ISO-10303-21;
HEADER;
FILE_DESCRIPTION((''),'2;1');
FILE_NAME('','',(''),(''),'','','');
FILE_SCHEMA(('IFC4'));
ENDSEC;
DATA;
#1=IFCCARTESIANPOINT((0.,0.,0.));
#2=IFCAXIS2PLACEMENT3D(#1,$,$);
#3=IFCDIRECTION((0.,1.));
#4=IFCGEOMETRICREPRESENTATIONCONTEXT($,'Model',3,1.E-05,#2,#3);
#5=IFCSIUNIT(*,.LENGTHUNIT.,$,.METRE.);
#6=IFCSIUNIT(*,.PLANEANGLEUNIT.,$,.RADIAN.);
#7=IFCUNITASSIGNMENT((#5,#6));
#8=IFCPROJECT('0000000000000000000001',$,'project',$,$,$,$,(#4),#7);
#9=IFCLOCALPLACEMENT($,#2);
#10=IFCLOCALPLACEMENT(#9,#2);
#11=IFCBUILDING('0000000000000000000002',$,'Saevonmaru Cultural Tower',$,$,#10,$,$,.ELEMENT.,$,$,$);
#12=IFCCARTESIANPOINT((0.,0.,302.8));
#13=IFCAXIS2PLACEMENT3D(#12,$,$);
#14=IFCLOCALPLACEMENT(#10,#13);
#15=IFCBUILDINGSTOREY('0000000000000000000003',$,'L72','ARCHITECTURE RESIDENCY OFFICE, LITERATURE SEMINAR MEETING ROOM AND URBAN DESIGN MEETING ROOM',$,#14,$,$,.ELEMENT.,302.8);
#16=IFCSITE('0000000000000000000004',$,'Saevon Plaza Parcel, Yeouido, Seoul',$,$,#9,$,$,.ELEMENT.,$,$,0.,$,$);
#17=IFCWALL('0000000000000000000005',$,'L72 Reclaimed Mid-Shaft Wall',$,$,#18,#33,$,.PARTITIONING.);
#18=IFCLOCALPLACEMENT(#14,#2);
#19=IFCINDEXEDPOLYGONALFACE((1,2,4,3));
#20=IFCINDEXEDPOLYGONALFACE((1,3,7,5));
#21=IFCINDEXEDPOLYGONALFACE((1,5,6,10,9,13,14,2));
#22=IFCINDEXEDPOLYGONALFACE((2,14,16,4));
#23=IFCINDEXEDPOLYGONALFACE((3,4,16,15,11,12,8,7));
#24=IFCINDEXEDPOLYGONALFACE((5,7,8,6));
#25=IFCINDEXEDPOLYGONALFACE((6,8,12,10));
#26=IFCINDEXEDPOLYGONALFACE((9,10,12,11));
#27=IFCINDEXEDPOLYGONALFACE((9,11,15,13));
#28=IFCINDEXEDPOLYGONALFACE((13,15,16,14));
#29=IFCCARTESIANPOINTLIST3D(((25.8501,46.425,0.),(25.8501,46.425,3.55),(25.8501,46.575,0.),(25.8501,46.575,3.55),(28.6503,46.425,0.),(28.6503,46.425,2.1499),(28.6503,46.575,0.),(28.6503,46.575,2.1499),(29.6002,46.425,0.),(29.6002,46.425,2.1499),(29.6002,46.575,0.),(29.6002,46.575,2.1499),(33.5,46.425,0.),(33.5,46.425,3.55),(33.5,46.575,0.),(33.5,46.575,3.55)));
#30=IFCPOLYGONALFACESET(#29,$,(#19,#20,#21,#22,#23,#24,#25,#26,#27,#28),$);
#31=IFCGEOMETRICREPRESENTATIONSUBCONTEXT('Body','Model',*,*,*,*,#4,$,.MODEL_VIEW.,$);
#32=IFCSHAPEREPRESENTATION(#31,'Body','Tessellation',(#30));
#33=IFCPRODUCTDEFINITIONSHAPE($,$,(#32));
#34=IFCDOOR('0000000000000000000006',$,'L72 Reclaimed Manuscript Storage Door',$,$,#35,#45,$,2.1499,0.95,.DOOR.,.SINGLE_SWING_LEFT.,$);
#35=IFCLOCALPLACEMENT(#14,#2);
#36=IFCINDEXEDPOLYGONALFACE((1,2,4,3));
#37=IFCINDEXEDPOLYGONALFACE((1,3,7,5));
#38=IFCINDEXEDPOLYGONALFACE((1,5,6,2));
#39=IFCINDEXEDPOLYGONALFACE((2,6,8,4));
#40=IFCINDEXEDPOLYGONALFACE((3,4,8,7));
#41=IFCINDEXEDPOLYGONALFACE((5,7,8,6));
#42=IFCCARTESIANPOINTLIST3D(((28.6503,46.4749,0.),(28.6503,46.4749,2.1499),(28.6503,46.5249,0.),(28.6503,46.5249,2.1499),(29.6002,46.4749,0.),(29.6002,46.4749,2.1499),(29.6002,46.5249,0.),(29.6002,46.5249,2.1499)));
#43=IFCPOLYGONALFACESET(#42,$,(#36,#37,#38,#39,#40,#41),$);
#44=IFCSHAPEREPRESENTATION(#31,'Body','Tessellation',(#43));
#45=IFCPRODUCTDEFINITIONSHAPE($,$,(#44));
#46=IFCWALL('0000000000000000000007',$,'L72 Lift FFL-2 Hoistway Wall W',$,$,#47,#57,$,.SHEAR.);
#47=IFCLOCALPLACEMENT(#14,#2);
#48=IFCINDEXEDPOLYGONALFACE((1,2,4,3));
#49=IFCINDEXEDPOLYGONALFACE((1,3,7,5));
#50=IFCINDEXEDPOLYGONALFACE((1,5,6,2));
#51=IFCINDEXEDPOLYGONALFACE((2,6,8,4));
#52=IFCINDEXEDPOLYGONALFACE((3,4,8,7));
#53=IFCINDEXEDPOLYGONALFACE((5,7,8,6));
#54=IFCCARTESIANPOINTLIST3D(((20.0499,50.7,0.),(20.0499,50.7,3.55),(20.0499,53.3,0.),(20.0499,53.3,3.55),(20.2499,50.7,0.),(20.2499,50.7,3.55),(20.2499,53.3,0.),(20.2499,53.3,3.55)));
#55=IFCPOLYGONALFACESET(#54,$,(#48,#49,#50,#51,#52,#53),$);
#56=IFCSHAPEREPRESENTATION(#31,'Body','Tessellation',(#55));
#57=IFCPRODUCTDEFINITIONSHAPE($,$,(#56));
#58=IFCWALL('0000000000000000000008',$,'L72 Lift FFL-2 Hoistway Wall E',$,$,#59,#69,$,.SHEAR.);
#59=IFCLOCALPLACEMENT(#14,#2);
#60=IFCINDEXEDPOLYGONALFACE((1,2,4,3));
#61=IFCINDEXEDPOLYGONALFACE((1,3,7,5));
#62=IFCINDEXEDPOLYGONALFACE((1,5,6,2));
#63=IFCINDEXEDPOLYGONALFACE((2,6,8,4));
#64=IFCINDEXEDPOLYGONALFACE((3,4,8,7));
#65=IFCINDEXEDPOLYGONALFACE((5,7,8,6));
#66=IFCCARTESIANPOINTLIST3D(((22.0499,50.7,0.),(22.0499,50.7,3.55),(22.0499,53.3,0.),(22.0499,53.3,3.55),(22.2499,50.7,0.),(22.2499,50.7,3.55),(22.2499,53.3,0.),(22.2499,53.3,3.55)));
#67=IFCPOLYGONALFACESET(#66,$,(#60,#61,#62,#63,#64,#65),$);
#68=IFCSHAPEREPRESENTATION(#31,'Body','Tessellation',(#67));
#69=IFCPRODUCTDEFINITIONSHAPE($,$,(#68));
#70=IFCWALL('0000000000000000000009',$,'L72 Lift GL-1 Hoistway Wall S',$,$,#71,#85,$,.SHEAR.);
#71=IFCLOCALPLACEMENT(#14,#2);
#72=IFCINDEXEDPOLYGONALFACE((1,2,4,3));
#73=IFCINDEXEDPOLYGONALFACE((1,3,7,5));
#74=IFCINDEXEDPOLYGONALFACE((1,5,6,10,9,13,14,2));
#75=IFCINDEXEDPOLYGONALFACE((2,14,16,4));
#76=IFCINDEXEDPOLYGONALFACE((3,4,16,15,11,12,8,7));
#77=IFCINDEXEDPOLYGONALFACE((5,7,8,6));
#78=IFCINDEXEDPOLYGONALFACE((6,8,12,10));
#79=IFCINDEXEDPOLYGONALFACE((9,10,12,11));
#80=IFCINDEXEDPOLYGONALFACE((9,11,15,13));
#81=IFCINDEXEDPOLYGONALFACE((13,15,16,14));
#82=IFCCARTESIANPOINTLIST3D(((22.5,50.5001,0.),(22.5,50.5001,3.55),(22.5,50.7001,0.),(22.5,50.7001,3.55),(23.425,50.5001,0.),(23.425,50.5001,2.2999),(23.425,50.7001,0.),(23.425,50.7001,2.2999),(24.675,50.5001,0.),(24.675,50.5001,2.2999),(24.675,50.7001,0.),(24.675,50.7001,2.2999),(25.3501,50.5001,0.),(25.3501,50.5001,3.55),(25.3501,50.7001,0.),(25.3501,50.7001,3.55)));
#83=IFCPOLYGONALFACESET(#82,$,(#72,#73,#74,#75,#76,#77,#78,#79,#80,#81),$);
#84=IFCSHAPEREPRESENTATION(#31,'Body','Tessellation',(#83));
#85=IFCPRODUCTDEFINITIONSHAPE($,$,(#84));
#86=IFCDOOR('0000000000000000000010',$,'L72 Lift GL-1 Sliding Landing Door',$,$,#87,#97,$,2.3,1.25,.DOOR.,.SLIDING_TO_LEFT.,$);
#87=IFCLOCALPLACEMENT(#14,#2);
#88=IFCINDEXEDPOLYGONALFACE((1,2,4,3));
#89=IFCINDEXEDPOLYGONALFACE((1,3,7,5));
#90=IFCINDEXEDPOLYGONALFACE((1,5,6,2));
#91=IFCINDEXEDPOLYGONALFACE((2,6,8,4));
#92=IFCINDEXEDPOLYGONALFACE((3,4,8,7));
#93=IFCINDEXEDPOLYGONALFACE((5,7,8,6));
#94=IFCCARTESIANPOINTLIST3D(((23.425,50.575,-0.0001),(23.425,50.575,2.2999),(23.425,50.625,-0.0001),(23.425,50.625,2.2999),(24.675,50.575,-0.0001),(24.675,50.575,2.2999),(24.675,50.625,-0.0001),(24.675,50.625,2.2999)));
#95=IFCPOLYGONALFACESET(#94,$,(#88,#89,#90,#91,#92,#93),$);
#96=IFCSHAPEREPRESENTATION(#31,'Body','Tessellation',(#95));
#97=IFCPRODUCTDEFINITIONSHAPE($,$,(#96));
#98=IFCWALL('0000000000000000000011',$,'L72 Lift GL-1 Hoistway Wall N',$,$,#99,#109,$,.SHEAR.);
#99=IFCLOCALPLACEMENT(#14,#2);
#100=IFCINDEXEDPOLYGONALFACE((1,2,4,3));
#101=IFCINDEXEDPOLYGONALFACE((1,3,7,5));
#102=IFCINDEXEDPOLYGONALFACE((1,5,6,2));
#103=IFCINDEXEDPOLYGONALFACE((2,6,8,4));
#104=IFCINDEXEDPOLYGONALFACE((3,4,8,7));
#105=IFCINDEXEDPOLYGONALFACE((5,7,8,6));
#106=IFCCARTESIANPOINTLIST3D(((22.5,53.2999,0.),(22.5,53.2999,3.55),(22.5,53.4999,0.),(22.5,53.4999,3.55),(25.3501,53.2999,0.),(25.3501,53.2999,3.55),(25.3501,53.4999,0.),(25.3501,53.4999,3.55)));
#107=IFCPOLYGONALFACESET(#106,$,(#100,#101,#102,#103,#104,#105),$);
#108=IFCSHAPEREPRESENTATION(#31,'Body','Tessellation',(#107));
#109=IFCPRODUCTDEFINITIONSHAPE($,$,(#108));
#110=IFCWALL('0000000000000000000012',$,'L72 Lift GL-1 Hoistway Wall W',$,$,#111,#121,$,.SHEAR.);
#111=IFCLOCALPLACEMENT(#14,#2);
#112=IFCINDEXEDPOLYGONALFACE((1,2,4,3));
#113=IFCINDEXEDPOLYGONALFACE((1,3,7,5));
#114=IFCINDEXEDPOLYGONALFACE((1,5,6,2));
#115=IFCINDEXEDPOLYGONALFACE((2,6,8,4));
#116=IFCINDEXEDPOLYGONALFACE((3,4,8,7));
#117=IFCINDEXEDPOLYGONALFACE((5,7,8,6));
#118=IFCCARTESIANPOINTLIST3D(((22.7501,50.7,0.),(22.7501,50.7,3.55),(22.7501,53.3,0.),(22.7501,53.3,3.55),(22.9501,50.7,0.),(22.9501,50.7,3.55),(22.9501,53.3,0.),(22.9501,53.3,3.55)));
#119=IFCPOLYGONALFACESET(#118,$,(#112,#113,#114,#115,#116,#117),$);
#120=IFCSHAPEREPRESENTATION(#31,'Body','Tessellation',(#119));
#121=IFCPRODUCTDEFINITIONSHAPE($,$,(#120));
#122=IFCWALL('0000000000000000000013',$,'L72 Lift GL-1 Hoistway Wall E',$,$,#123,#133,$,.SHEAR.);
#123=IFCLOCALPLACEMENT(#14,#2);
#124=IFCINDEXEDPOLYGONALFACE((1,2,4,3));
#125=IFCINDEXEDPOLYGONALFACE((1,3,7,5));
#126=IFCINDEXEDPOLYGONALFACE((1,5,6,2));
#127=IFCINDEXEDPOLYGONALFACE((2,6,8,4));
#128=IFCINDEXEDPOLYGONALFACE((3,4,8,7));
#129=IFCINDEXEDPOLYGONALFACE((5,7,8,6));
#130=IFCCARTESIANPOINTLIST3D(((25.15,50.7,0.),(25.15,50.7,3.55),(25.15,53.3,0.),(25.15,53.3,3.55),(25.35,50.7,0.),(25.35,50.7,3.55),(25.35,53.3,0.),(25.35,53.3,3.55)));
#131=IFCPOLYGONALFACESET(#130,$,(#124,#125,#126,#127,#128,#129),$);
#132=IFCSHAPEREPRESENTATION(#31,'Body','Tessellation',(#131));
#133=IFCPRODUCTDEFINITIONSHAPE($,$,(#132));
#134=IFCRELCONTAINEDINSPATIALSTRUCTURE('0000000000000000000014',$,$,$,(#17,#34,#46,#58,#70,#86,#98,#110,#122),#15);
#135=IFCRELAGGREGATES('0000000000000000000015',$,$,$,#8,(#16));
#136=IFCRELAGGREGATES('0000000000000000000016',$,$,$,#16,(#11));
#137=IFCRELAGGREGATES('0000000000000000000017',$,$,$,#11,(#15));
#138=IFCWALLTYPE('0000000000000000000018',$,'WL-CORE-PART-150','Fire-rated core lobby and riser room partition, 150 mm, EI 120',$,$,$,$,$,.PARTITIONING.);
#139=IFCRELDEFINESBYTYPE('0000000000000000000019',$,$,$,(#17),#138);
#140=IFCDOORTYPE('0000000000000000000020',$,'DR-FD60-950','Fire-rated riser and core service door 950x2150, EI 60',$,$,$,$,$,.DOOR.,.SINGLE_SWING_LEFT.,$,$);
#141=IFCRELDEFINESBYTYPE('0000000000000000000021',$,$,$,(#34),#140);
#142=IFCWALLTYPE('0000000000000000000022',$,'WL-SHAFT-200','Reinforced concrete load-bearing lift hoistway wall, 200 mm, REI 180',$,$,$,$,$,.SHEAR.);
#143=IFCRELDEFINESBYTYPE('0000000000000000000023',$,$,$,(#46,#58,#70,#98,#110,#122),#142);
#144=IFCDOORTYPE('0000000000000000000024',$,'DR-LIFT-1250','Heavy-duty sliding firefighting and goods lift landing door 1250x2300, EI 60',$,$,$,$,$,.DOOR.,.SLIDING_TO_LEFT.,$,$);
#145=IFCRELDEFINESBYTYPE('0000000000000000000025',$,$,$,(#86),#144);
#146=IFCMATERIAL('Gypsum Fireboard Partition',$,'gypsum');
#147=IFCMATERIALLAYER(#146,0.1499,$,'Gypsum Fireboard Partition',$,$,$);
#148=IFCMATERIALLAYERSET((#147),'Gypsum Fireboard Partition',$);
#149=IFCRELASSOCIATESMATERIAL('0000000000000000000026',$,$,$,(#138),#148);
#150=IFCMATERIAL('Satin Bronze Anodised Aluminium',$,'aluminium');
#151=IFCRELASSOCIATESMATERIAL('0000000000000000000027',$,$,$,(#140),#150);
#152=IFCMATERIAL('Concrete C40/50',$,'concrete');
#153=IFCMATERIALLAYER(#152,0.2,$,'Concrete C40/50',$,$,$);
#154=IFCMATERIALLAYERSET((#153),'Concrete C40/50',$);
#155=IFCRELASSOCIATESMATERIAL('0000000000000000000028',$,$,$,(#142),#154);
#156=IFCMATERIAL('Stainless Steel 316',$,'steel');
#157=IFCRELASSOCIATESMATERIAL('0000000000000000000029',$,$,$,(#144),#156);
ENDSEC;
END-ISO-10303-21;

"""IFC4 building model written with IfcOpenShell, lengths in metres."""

from ifc_helpers import new_model, si_unit, direction, frame, frame_2d, origin, place, context, subcontext, project, spatial, rectangle, extrude, material, layer, layer_set, type_object, element, fill, save


model = new_model("IFC4")

# Units and contexts
model_context = context("Model", 3, precision=1e-05, world=origin(), true_north=direction((0.0, 1.0)))
body_context = subcontext(model_context, "Body", "Model", "MODEL_VIEW")
ifc_project = project(units=[si_unit("LENGTHUNIT", "METRE"), si_unit("PLANEANGLEUNIT", "RADIAN")], contexts=[model_context])

# Site, building, storey
site_placement = place(None, origin())
site = spatial("IfcSite", under=ifc_project, at=site_placement, Name="Saevon Plaza Parcel, Yeouido, Seoul", CompositionType="ELEMENT", RefElevation=0.0)
building_placement = place(site_placement, origin())
building = spatial("IfcBuilding", under=site, at=building_placement, Name="Saevonmaru Cultural Tower", CompositionType="ELEMENT")
storey_placement = place(building_placement, frame((0.0, 0.0, 302.8)))
storey = spatial("IfcBuildingStorey", under=building, at=storey_placement, Name="L72", Description="ARCHITECTURE RESIDENCY OFFICE, LITERATURE SEMINAR MEETING ROOM AND URBAN DESIGN MEETING ROOM", CompositionType="ELEMENT", Elevation=302.8)

# Shared definitions
ifc_material_1 = material(Name="Satin Bronze Anodised Aluminium", Category="aluminium")

# Shared definitions
ifc_material_2 = material(Name="Gypsum Fireboard Partition", Category="gypsum")
ifc_layer_1 = layer(ifc_material_2, 0.1499, Name="Gypsum Fireboard Partition")
ifc_layer_set_1 = layer_set([ifc_layer_1], Name="Gypsum Fireboard Partition")
wall_type_1 = type_object("IfcWallType", Name="WL-CORE-PART-150", Description="Fire-rated core lobby and riser room partition, 150 mm, EI 120", PredefinedType="PARTITIONING", material=ifc_layer_set_1)

# Shared definitions
door_type_1 = type_object("IfcDoorType", Name="DR-FD60-950", Description="Fire-rated riser and core service door 950x2150, EI 60", OperationType="SINGLE_SWING_LEFT", PredefinedType="DOOR", material=ifc_material_1)

# Wall, opening, door
wall_1_placement = place(storey_placement, frame((25.8501, 46.5, 0.0), z_axis=(0.0, 0.0, 1.0), x_axis=(1.0, 0.0, 0.0)))
wall_1 = element("IfcWall", 1, at=wall_1_placement, inside=storey, type_object=wall_type_1, Name="L72 Reclaimed Mid-Shaft Wall", PredefinedType="PARTITIONING", context=body_context, shape_type="SweptSolid", body=[
    extrude(rectangle(XDim=7.6499, YDim=0.1499, at=frame_2d((3.825, 0.0))), origin(), (0.0, 0.0, 1.0), 3.55),
])
opening_1_placement = place(wall_1_placement, frame((2.8, 0.0, 0.0)))
opening_1 = element("IfcOpeningElement", 2, at=opening_1_placement, cuts=wall_1, PredefinedType="OPENING", context=body_context, shape_type="SweptSolid", body=[
    extrude(rectangle(XDim=0.95, YDim=2.1499, at=frame_2d((0.4751, 1.075))), frame((0.0, 0.085, 0.0), z_axis=(0.0, -1.0, 0.0), x_axis=(1.0, 0.0, 0.0)), (0.0, 0.0, 1.0), 0.1699),
])
door_1_placement = place(opening_1_placement, origin())
door_1 = element("IfcDoor", 3, at=door_1_placement, inside=storey, type_object=door_type_1, Name="L72 Reclaimed Manuscript Storage Door", OperationType="SINGLE_SWING_LEFT", OverallHeight=2.1499, OverallWidth=0.95, PredefinedType="DOOR", context=body_context, shape_type="SweptSolid", body=[
    extrude(rectangle(XDim=0.95, YDim=2.1499, at=frame_2d((0.4751, 1.075))), frame((0.0, 0.0249, 0.0), z_axis=(0.0, -1.0, 0.0), x_axis=(1.0, 0.0, 0.0)), (0.0, 0.0, 1.0), 0.05),
])
fill(opening_1, door_1)

# Walls
ifc_material_3 = material(Name="Concrete C40/50", Category="concrete")
ifc_layer_2 = layer(ifc_material_3, 0.2, Name="Concrete C40/50")
ifc_layer_set_2 = layer_set([ifc_layer_2], Name="Concrete C40/50")
wall_type_2 = type_object("IfcWallType", Name="WL-SHAFT-200", Description="Reinforced concrete load-bearing lift hoistway wall, 200 mm, REI 180", PredefinedType="SHEAR", material=ifc_layer_set_2)
for number, where, z_axis, x_axis, name in (
    (4, (20.1499, 50.7, 0.0), (0.0, 0.0, 1.0), (0.0, 1.0, 0.0), "L72 Lift FFL-2 Hoistway Wall W"),
    (5, (22.1499, 50.7, 0.0), (0.0, 0.0, 1.0), (0.0, 1.0, 0.0), "L72 Lift FFL-2 Hoistway Wall E"),
):
    element("IfcWall", number, at=place(storey_placement, frame(where, z_axis=z_axis, x_axis=x_axis)), inside=storey, type_object=wall_type_2, Name=name, PredefinedType="SHEAR", context=body_context, shape_type="SweptSolid", body=[
        extrude(rectangle(XDim=2.6001, YDim=0.2, at=frame_2d((1.3, 0.0))), origin(), (0.0, 0.0, 1.0), 3.55),
    ])

# Wall, opening, door
wall_2_placement = place(storey_placement, frame((22.5, 50.6001, 0.0), z_axis=(0.0, 0.0, 1.0), x_axis=(1.0, 0.0, 0.0)))
wall_2 = element("IfcWall", 6, at=wall_2_placement, inside=storey, type_object=wall_type_2, Name="L72 Lift GL-1 Hoistway Wall S", PredefinedType="SHEAR", context=body_context, shape_type="SweptSolid", body=[
    extrude(rectangle(XDim=2.8501, YDim=0.2, at=frame_2d((1.425, 0.0))), origin(), (0.0, 0.0, 1.0), 3.55),
])
opening_2_placement = place(wall_2_placement, frame((0.925, 0.0, 0.0)))
opening_2 = element("IfcOpeningElement", 7, at=opening_2_placement, cuts=wall_2, PredefinedType="OPENING", context=body_context, shape_type="SweptSolid", body=[
    extrude(rectangle(XDim=1.25, YDim=2.3, at=frame_2d((0.625, 1.1499))), frame((0.0, 0.1099, 0.0), z_axis=(0.0, -1.0, 0.0), x_axis=(1.0, 0.0, 0.0)), (0.0, 0.0, 1.0), 0.22),
])
ifc_material_4 = material(Name="Stainless Steel 316", Category="steel")
door_type_2 = type_object("IfcDoorType", Name="DR-LIFT-1250", Description="Heavy-duty sliding firefighting and goods lift landing door 1250x2300, EI 60", OperationType="SLIDING_TO_LEFT", PredefinedType="DOOR", material=ifc_material_4)
door_2_placement = place(opening_2_placement, origin())
door_2 = element("IfcDoor", 8, at=door_2_placement, inside=storey, type_object=door_type_2, Name="L72 Lift GL-1 Sliding Landing Door", OperationType="SLIDING_TO_LEFT", OverallHeight=2.3, OverallWidth=1.25, PredefinedType="DOOR", context=body_context, shape_type="SweptSolid", body=[
    extrude(rectangle(XDim=1.25, YDim=2.3, at=frame_2d((0.625, 1.1499))), frame((0.0, 0.0249, 0.0), z_axis=(0.0, -1.0, 0.0), x_axis=(1.0, 0.0, 0.0)), (0.0, 0.0, 1.0), 0.05),
])
fill(opening_2, door_2)

# Walls
wall_3_placement = place(storey_placement, frame((22.5, 53.3999, 0.0), z_axis=(0.0, 0.0, 1.0), x_axis=(1.0, 0.0, 0.0)))
element("IfcWall", 9, at=wall_3_placement, inside=storey, type_object=wall_type_2, Name="L72 Lift GL-1 Hoistway Wall N", PredefinedType="SHEAR", context=body_context, shape_type="SweptSolid", body=[
    extrude(rectangle(XDim=2.8501, YDim=0.2, at=frame_2d((1.425, 0.0))), origin(), (0.0, 0.0, 1.0), 3.55),
])
for number, where, z_axis, x_axis, name in (
    (10, (22.8501, 50.7, 0.0), (0.0, 0.0, 1.0), (0.0, 1.0, 0.0), "L72 Lift GL-1 Hoistway Wall W"),
    (11, (25.25, 50.7, 0.0), (0.0, 0.0, 1.0), (0.0, 1.0, 0.0), "L72 Lift GL-1 Hoistway Wall E"),
):
    element("IfcWall", number, at=place(storey_placement, frame(where, z_axis=z_axis, x_axis=x_axis)), inside=storey, type_object=wall_type_2, Name=name, PredefinedType="SHEAR", context=body_context, shape_type="SweptSolid", body=[
        extrude(rectangle(XDim=2.6001, YDim=0.2, at=frame_2d((1.3, 0.0))), origin(), (0.0, 0.0, 1.0), 3.55),
    ])

save(model, "model.ifc")
